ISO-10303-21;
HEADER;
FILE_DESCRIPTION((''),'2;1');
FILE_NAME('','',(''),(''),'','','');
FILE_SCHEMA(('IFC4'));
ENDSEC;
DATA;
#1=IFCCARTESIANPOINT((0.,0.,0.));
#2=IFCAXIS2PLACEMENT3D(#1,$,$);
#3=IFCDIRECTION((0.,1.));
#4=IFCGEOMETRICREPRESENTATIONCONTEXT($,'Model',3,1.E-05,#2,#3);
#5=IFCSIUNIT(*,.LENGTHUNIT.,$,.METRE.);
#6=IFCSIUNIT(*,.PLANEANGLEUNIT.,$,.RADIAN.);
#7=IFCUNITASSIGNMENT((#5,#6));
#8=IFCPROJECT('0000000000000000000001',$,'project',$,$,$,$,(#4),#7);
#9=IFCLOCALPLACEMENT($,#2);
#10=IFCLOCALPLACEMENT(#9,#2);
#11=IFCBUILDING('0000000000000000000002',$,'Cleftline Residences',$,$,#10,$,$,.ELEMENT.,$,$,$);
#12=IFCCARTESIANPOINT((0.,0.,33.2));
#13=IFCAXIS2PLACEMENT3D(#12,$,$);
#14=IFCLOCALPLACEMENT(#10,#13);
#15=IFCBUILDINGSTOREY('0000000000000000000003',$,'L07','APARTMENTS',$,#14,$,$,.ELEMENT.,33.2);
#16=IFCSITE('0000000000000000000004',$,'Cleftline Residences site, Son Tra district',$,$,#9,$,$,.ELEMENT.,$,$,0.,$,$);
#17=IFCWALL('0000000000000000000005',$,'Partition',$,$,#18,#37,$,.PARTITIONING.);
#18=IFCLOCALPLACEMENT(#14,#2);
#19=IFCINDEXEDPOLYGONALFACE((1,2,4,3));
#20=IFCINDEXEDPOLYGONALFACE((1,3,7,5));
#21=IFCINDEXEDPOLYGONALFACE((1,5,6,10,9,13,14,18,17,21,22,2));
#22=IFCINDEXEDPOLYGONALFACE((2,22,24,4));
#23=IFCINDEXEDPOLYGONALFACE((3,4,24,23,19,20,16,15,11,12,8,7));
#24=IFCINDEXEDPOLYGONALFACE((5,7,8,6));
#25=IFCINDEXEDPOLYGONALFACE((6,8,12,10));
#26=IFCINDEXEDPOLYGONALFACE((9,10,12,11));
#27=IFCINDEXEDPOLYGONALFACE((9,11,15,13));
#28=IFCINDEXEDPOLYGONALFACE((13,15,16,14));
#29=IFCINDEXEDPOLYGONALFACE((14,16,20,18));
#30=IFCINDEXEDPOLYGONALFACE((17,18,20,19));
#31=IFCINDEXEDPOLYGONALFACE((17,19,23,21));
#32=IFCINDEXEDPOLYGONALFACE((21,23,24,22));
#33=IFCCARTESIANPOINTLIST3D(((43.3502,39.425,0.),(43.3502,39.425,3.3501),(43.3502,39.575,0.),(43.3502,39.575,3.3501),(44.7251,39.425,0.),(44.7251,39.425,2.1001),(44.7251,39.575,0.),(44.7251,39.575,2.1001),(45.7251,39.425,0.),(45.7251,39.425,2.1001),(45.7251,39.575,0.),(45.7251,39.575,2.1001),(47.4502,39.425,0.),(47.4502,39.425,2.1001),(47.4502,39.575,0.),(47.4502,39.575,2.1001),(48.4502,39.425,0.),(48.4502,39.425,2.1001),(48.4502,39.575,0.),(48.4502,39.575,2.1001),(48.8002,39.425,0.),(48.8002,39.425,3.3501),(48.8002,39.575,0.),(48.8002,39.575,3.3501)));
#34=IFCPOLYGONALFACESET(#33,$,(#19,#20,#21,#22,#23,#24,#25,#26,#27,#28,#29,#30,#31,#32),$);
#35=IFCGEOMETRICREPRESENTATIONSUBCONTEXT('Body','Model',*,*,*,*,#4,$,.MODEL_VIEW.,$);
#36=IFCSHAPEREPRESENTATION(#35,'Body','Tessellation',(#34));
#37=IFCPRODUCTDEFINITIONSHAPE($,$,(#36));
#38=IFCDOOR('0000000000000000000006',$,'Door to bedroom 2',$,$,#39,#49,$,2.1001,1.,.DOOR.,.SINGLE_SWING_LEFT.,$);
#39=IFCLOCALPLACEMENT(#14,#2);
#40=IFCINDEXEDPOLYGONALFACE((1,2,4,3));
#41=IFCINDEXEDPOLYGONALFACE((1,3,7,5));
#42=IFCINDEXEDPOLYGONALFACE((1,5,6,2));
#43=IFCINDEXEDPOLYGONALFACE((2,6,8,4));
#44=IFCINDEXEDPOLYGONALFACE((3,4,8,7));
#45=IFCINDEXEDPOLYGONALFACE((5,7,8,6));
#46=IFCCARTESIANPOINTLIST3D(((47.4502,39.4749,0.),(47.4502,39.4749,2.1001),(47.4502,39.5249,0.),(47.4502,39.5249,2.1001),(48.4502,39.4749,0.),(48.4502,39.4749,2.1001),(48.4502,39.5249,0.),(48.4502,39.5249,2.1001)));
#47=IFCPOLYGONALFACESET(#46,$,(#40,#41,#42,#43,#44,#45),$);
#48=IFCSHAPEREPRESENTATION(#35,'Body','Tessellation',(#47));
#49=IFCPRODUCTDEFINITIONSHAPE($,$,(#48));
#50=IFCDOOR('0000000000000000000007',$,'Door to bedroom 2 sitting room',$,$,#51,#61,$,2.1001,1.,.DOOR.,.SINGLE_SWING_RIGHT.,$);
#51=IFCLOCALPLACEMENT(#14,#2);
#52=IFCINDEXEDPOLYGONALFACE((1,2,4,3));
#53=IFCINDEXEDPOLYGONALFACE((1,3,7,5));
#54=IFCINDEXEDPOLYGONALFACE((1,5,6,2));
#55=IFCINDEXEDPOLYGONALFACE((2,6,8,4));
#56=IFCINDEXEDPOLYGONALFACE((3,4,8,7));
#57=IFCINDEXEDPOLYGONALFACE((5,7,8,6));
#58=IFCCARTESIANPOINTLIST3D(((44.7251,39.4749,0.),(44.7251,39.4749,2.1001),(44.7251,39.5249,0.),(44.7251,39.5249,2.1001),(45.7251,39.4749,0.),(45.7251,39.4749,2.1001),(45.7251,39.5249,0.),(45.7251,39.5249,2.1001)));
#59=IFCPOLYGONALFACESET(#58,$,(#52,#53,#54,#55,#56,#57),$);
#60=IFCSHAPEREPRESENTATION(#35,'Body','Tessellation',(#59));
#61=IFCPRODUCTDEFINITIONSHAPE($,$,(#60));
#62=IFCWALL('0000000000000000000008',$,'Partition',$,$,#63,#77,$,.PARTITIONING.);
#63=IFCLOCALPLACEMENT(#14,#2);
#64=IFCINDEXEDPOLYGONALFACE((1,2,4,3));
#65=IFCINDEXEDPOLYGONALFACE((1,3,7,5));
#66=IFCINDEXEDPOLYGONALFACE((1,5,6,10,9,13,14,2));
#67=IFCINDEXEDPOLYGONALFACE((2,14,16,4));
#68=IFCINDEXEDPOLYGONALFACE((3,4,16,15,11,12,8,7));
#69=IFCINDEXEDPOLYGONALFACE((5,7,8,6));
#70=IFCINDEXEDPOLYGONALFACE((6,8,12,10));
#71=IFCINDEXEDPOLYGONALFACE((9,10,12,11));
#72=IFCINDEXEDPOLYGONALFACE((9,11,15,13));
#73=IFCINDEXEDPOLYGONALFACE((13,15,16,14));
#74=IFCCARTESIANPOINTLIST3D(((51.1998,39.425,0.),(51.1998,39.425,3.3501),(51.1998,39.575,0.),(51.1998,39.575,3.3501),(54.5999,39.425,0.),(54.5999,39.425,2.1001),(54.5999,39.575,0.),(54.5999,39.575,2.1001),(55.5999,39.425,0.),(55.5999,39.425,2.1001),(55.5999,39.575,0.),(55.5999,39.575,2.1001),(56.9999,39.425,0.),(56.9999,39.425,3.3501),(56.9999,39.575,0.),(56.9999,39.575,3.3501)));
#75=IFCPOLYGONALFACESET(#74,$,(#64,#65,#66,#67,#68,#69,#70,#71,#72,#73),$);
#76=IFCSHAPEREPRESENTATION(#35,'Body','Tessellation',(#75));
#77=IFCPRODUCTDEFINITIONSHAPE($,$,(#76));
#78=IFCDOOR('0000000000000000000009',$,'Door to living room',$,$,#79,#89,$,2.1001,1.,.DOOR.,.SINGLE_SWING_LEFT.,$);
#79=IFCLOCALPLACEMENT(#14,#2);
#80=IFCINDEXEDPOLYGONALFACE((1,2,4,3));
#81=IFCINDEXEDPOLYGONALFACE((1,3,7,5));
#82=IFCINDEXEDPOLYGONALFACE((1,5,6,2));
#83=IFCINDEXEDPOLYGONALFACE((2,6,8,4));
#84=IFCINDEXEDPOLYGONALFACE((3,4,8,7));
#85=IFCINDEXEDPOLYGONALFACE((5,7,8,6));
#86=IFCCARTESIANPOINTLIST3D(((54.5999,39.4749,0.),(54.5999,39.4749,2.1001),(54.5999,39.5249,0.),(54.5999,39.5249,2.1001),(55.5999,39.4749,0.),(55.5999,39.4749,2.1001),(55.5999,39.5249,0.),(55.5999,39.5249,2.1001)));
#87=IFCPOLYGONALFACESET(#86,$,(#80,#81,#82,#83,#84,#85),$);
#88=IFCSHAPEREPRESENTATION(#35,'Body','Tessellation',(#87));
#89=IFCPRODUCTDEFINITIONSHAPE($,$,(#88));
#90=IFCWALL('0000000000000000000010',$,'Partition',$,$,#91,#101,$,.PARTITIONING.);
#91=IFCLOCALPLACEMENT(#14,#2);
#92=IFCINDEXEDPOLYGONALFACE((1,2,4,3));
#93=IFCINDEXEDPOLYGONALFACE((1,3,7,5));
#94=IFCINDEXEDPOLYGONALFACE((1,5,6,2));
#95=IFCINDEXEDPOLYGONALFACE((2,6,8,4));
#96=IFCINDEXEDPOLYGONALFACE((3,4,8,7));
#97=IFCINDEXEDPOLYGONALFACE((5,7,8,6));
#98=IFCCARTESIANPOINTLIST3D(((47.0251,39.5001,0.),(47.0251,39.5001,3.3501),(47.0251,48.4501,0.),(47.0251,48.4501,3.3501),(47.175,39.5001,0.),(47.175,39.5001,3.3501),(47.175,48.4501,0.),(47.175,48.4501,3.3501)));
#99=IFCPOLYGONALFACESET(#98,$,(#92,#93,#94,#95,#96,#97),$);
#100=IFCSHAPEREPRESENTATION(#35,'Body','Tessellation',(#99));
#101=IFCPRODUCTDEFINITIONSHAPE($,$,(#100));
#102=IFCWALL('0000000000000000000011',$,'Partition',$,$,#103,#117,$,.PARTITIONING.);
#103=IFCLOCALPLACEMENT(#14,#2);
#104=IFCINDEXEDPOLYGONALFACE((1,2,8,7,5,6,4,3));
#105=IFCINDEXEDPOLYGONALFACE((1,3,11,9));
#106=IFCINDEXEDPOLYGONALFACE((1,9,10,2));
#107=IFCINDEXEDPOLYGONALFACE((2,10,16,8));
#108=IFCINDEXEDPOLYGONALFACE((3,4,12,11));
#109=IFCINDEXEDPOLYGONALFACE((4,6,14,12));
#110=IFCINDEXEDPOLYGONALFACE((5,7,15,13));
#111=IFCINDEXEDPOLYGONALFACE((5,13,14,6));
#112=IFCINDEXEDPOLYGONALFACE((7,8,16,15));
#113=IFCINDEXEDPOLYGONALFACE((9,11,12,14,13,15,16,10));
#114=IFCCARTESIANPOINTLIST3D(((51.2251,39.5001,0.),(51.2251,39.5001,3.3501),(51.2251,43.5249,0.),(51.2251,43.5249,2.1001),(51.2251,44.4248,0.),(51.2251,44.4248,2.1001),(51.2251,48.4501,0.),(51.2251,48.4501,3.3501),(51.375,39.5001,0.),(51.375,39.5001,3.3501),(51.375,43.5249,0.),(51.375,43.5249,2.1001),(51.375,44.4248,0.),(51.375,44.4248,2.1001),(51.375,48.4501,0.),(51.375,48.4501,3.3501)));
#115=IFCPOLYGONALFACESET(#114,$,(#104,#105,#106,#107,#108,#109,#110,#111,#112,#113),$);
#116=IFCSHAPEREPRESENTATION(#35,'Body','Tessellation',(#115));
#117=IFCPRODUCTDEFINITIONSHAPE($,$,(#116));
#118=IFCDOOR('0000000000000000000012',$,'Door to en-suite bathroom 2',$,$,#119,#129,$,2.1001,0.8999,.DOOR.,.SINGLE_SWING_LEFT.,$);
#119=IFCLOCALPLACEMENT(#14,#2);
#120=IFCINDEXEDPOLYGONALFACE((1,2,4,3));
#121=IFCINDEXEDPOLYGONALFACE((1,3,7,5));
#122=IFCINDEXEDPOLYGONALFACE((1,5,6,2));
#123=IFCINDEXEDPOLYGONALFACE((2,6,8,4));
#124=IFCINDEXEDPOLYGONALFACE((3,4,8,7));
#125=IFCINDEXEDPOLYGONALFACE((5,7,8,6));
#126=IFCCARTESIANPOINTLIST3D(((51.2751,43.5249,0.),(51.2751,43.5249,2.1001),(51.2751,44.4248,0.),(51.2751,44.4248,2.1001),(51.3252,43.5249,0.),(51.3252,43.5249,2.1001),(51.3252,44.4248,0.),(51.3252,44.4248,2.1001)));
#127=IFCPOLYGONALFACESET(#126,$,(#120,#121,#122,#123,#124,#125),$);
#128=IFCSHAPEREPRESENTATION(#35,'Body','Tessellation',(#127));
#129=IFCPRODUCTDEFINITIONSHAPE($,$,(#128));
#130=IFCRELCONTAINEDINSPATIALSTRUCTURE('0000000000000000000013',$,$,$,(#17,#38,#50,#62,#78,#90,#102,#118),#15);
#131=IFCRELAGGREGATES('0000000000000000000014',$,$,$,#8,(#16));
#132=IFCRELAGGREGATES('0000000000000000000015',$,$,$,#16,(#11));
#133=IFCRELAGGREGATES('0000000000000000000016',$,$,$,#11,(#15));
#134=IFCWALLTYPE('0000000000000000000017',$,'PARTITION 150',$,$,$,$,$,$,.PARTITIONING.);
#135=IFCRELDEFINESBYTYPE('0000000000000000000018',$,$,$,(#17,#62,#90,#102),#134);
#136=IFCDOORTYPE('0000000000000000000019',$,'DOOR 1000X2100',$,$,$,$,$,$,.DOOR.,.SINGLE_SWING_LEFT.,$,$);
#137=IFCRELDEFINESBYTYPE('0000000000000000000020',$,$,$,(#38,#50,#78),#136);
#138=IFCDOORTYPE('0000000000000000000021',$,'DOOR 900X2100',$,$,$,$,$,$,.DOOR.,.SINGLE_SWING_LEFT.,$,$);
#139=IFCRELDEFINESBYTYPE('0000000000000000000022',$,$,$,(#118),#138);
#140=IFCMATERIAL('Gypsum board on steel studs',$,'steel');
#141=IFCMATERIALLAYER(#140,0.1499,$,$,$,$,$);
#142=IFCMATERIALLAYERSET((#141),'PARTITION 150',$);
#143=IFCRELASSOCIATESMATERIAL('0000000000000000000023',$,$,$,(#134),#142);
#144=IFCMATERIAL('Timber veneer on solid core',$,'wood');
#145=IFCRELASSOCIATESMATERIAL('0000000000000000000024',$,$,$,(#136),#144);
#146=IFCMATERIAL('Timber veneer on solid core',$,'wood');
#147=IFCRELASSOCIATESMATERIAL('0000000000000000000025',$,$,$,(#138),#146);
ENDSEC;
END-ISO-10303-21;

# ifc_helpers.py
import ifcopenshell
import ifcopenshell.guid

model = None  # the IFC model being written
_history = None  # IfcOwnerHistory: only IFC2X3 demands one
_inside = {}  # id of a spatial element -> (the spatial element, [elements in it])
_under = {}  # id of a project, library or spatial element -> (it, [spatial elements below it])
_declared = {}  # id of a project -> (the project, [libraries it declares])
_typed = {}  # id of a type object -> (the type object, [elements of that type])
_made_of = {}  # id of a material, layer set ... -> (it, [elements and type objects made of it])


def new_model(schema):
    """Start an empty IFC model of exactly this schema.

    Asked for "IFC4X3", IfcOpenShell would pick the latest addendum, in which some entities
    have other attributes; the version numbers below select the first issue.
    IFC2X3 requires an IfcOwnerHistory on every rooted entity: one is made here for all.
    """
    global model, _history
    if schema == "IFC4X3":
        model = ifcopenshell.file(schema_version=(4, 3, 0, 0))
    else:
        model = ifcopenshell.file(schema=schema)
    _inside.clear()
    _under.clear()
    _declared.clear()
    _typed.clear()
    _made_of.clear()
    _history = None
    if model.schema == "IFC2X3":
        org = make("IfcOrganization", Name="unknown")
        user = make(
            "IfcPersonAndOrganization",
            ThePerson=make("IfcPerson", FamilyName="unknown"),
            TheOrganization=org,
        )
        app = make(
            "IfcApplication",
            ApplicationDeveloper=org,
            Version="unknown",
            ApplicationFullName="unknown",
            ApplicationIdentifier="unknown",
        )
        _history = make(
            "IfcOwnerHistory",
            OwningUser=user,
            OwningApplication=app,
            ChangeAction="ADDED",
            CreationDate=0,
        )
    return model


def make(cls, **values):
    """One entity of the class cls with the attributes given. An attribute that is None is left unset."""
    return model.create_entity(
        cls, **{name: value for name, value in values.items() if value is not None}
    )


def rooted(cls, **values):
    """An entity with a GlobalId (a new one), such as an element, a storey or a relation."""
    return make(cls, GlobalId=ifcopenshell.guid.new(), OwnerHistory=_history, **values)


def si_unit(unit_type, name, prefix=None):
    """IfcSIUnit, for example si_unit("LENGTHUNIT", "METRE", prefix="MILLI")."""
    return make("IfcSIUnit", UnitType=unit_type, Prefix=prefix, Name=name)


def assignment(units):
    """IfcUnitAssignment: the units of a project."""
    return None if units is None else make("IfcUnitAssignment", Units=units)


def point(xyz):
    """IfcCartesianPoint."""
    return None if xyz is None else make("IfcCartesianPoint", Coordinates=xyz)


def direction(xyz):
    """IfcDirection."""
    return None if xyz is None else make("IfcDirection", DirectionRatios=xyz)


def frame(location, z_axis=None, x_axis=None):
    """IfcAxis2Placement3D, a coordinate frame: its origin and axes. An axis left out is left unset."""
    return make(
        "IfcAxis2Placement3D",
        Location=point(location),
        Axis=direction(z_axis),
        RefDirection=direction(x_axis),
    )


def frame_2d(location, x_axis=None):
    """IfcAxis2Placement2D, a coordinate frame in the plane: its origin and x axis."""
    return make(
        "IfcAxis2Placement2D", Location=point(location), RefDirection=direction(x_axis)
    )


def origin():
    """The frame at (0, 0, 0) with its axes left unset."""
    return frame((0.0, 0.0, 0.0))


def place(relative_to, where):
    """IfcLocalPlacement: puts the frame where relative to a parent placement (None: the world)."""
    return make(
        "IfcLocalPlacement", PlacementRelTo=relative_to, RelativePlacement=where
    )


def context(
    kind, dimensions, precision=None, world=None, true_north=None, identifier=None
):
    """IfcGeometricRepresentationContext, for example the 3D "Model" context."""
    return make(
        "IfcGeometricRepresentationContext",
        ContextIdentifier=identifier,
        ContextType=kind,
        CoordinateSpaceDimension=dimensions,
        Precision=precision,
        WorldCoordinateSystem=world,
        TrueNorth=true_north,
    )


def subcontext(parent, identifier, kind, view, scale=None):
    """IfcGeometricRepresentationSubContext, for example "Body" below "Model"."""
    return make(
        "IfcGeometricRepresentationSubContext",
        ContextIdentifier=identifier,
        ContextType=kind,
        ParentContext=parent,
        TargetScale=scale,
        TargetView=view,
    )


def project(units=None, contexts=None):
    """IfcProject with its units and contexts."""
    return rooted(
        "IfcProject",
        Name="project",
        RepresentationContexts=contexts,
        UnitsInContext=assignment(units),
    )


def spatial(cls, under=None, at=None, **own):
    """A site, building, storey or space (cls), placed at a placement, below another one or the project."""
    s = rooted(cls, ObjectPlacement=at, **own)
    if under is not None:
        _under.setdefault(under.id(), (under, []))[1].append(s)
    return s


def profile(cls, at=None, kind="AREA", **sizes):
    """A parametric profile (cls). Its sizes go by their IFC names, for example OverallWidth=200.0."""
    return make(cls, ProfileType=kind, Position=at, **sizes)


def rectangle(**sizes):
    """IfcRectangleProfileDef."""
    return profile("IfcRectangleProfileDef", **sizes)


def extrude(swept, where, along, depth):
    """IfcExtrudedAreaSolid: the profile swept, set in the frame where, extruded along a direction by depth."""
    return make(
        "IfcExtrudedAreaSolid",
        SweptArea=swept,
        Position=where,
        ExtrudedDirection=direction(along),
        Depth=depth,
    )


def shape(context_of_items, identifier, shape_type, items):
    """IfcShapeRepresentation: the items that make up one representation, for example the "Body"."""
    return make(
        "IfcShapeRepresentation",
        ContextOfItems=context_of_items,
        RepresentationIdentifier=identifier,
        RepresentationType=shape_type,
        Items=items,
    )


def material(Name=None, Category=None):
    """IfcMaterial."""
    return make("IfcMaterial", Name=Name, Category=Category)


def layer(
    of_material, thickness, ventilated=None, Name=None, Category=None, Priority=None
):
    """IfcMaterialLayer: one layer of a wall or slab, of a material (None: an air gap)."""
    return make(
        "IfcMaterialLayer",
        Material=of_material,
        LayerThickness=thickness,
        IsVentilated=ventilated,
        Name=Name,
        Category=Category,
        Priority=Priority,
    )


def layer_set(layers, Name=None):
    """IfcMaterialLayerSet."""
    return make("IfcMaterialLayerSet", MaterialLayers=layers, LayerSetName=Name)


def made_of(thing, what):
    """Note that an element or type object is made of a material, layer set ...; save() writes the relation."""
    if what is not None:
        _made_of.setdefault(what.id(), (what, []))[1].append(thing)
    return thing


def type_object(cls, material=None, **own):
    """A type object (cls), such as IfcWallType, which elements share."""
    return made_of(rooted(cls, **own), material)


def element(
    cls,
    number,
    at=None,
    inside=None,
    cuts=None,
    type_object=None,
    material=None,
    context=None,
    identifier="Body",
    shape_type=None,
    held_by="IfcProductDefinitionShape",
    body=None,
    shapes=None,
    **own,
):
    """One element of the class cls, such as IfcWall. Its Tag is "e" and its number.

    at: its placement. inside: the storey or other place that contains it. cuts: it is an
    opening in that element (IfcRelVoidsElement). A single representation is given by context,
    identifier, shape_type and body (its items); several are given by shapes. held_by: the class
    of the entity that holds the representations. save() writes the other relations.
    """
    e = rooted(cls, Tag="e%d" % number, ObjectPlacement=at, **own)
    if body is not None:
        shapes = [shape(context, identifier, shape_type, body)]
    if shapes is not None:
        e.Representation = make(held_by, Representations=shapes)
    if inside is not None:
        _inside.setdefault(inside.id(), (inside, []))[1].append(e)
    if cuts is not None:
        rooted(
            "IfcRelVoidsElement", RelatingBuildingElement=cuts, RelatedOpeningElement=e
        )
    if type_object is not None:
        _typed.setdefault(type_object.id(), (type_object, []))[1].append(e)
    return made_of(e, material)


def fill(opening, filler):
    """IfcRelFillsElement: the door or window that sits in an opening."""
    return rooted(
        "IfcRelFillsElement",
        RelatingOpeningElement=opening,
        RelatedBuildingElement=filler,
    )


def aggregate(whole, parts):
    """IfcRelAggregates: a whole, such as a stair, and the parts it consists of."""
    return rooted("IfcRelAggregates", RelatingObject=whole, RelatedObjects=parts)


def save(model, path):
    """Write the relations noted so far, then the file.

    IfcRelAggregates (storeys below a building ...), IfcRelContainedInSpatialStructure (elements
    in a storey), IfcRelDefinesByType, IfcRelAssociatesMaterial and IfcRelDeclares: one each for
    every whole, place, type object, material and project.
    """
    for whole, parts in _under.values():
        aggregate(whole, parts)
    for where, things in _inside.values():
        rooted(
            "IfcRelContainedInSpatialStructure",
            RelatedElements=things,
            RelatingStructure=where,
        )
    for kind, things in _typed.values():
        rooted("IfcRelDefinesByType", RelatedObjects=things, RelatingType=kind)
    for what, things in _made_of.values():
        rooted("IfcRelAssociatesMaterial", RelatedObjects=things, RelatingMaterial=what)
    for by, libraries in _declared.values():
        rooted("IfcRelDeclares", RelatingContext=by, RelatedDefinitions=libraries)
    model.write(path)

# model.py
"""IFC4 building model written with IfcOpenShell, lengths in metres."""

from ifc_helpers import new_model, si_unit, direction, frame, frame_2d, origin, place, context, subcontext, project, spatial, rectangle, extrude, material, layer, layer_set, type_object, element, fill, save


model = new_model("IFC4")

# Units and contexts
model_context = context("Model", 3, precision=1e-05, world=origin(), true_north=direction((0.0, 1.0)))
body_context = subcontext(model_context, "Body", "Model", "MODEL_VIEW")
ifc_project = project(units=[si_unit("LENGTHUNIT", "METRE"), si_unit("PLANEANGLEUNIT", "RADIAN")], contexts=[model_context])

# Site, building, storey
site_placement = place(None, origin())
site = spatial("IfcSite", under=ifc_project, at=site_placement, Name="Cleftline Residences site, Son Tra district", CompositionType="ELEMENT", RefElevation=0.0)
building_placement = place(site_placement, origin())
building = spatial("IfcBuilding", under=site, at=building_placement, Name="Cleftline Residences", CompositionType="ELEMENT")
storey_placement = place(building_placement, frame((0.0, 0.0, 33.2)))
storey = spatial("IfcBuildingStorey", under=building, at=storey_placement, Name="L07", Description="APARTMENTS", CompositionType="ELEMENT", Elevation=33.2)

# Wall, openings, doors
ifc_material_1 = material(Name="Gypsum board on steel studs", Category="steel")
ifc_layer_1 = layer(ifc_material_1, 0.1499)
ifc_layer_set_1 = layer_set([ifc_layer_1], Name="PARTITION 150")
wall_type = type_object("IfcWallType", Name="PARTITION 150", PredefinedType="PARTITIONING", material=ifc_layer_set_1)
wall_1_placement = place(storey_placement, frame((43.3501, 39.5, 0.0), z_axis=(0.0, 0.0, 1.0), x_axis=(1.0, 0.0, 0.0)))
wall_1 = element("IfcWall", 1, at=wall_1_placement, inside=storey, type_object=wall_type, Name="Partition", PredefinedType="PARTITIONING", context=body_context, shape_type="SweptSolid", body=[
    extrude(rectangle(XDim=5.45, YDim=0.1499, at=frame_2d((2.7251, 0.0))), origin(), (0.0, 0.0, 1.0), 3.3501),
])
opening_1_placement = place(wall_1_placement, frame((4.1001, 0.0, 0.0)))
opening_1 = element("IfcOpeningElement", 2, at=opening_1_placement, cuts=wall_1, PredefinedType="OPENING", context=body_context, shape_type="SweptSolid", body=[
    extrude(rectangle(XDim=1.0, YDim=2.1001, at=frame_2d((0.5, 1.05))), frame((0.0, 0.085, 0.0), z_axis=(0.0, -1.0, 0.0), x_axis=(1.0, 0.0, 0.0)), (0.0, 0.0, 1.0), 0.1699),
])
opening_2_placement = place(wall_1_placement, frame((1.375, 0.0, 0.0)))
opening_2 = element("IfcOpeningElement", 3, at=opening_2_placement, cuts=wall_1, PredefinedType="OPENING", context=body_context, shape_type="SweptSolid", body=[
    extrude(rectangle(XDim=1.0, YDim=2.1001, at=frame_2d((0.5, 1.05))), frame((0.0, 0.085, 0.0), z_axis=(0.0, -1.0, 0.0), x_axis=(1.0, 0.0, 0.0)), (0.0, 0.0, 1.0), 0.1699),
])
ifc_material_2 = material(Name="Timber veneer on solid core", Category="wood")
door_type_1 = type_object("IfcDoorType", Name="DOOR 1000X2100", OperationType="SINGLE_SWING_LEFT", PredefinedType="DOOR", material=ifc_material_2)
door_1_placement = place(opening_1_placement, origin())
door_1 = element("IfcDoor", 4, at=door_1_placement, inside=storey, type_object=door_type_1, Name="Door to bedroom 2", OperationType="SINGLE_SWING_LEFT", OverallHeight=2.1001, OverallWidth=1.0, PredefinedType="DOOR", context=body_context, shape_type="SweptSolid", body=[
    extrude(rectangle(XDim=1.0, YDim=2.1001, at=frame_2d((0.5, 1.05))), frame((0.0, 0.0249, 0.0), z_axis=(0.0, -1.0, 0.0), x_axis=(1.0, 0.0, 0.0)), (0.0, 0.0, 1.0), 0.05),
])
fill(opening_1, door_1)
door_2_placement = place(opening_2_placement, origin())
door_2 = element("IfcDoor", 5, at=door_2_placement, inside=storey, type_object=door_type_1, Name="Door to bedroom 2 sitting room", OperationType="SINGLE_SWING_RIGHT", OverallHeight=2.1001, OverallWidth=1.0, PredefinedType="DOOR", context=body_context, shape_type="SweptSolid", body=[
    extrude(rectangle(XDim=1.0, YDim=2.1001, at=frame_2d((0.5, 1.05))), frame((0.0, 0.0249, 0.0), z_axis=(0.0, -1.0, 0.0), x_axis=(1.0, 0.0, 0.0)), (0.0, 0.0, 1.0), 0.05),
])
fill(opening_2, door_2)

# Wall, opening, door
wall_2_placement = place(storey_placement, frame((51.2, 39.5, 0.0), z_axis=(0.0, 0.0, 1.0), x_axis=(1.0, 0.0, 0.0)))
wall_2 = element("IfcWall", 6, at=wall_2_placement, inside=storey, type_object=wall_type, Name="Partition", PredefinedType="PARTITIONING", context=body_context, shape_type="SweptSolid", body=[
    extrude(rectangle(XDim=5.8, YDim=0.1499, at=frame_2d((2.8999, 0.0))), origin(), (0.0, 0.0, 1.0), 3.3501),
])
opening_3_placement = place(wall_2_placement, frame((3.3999, 0.0, 0.0)))
opening_3 = element("IfcOpeningElement", 7, at=opening_3_placement, cuts=wall_2, PredefinedType="OPENING", context=body_context, shape_type="SweptSolid", body=[
    extrude(rectangle(XDim=1.0, YDim=2.1001, at=frame_2d((0.5, 1.05))), frame((0.0, 0.085, 0.0), z_axis=(0.0, -1.0, 0.0), x_axis=(1.0, 0.0, 0.0)), (0.0, 0.0, 1.0), 0.1699),
])
door_3_placement = place(opening_3_placement, origin())
door_3 = element("IfcDoor", 8, at=door_3_placement, inside=storey, type_object=door_type_1, Name="Door to living room", OperationType="SINGLE_SWING_LEFT", OverallHeight=2.1001, OverallWidth=1.0, PredefinedType="DOOR", context=body_context, shape_type="SweptSolid", body=[
    extrude(rectangle(XDim=1.0, YDim=2.1001, at=frame_2d((0.5, 1.05))), frame((0.0, 0.0249, 0.0), z_axis=(0.0, -1.0, 0.0), x_axis=(1.0, 0.0, 0.0)), (0.0, 0.0, 1.0), 0.05),
])
fill(opening_3, door_3)

# Wall
wall_3_placement = place(storey_placement, frame((47.1001, 39.5, 0.0), z_axis=(0.0, 0.0, 1.0), x_axis=(0.0, 1.0, 0.0)))
element("IfcWall", 9, at=wall_3_placement, inside=storey, type_object=wall_type, Name="Partition", PredefinedType="PARTITIONING", context=body_context, shape_type="SweptSolid", body=[
    extrude(rectangle(XDim=8.95, YDim=0.1499, at=frame_2d((4.4751, 0.0))), origin(), (0.0, 0.0, 1.0), 3.3501),
])

# Wall, opening, door
wall_4_placement = place(storey_placement, frame((51.3, 39.5, 0.0), z_axis=(0.0, 0.0, 1.0), x_axis=(0.0, 1.0, 0.0)))
wall_4 = element("IfcWall", 10, at=wall_4_placement, inside=storey, type_object=wall_type, Name="Partition", PredefinedType="PARTITIONING", context=body_context, shape_type="SweptSolid", body=[
    extrude(rectangle(XDim=8.95, YDim=0.1499, at=frame_2d((4.4751, 0.0))), origin(), (0.0, 0.0, 1.0), 3.3501),
])
opening_4_placement = place(wall_4_placement, frame((4.0249, 0.0, 0.0)))
opening_4 = element("IfcOpeningElement", 11, at=opening_4_placement, cuts=wall_4, PredefinedType="OPENING", context=body_context, shape_type="SweptSolid", body=[
    extrude(rectangle(XDim=0.8999, YDim=2.1001, at=frame_2d((0.45, 1.05))), frame((0.0, 0.085, 0.0), z_axis=(0.0, -1.0, 0.0), x_axis=(1.0, 0.0, 0.0)), (0.0, 0.0, 1.0), 0.1699),
])
ifc_material_3 = material(Name="Timber veneer on solid core", Category="wood")
door_type_2 = type_object("IfcDoorType", Name="DOOR 900X2100", OperationType="SINGLE_SWING_LEFT", PredefinedType="DOOR", material=ifc_material_3)
door_4_placement = place(opening_4_placement, origin())
door_4 = element("IfcDoor", 12, at=door_4_placement, inside=storey, type_object=door_type_2, Name="Door to en-suite bathroom 2", OperationType="SINGLE_SWING_LEFT", OverallHeight=2.1001, OverallWidth=0.8999, PredefinedType="DOOR", context=body_context, shape_type="SweptSolid", body=[
    extrude(rectangle(XDim=0.8999, YDim=2.1001, at=frame_2d((0.45, 1.05))), frame((0.0, 0.0249, 0.0), z_axis=(0.0, -1.0, 0.0), x_axis=(1.0, 0.0, 0.0)), (0.0, 0.0, 1.0), 0.05),
])
fill(opening_4, door_4)

save(model, "model.ifc")
